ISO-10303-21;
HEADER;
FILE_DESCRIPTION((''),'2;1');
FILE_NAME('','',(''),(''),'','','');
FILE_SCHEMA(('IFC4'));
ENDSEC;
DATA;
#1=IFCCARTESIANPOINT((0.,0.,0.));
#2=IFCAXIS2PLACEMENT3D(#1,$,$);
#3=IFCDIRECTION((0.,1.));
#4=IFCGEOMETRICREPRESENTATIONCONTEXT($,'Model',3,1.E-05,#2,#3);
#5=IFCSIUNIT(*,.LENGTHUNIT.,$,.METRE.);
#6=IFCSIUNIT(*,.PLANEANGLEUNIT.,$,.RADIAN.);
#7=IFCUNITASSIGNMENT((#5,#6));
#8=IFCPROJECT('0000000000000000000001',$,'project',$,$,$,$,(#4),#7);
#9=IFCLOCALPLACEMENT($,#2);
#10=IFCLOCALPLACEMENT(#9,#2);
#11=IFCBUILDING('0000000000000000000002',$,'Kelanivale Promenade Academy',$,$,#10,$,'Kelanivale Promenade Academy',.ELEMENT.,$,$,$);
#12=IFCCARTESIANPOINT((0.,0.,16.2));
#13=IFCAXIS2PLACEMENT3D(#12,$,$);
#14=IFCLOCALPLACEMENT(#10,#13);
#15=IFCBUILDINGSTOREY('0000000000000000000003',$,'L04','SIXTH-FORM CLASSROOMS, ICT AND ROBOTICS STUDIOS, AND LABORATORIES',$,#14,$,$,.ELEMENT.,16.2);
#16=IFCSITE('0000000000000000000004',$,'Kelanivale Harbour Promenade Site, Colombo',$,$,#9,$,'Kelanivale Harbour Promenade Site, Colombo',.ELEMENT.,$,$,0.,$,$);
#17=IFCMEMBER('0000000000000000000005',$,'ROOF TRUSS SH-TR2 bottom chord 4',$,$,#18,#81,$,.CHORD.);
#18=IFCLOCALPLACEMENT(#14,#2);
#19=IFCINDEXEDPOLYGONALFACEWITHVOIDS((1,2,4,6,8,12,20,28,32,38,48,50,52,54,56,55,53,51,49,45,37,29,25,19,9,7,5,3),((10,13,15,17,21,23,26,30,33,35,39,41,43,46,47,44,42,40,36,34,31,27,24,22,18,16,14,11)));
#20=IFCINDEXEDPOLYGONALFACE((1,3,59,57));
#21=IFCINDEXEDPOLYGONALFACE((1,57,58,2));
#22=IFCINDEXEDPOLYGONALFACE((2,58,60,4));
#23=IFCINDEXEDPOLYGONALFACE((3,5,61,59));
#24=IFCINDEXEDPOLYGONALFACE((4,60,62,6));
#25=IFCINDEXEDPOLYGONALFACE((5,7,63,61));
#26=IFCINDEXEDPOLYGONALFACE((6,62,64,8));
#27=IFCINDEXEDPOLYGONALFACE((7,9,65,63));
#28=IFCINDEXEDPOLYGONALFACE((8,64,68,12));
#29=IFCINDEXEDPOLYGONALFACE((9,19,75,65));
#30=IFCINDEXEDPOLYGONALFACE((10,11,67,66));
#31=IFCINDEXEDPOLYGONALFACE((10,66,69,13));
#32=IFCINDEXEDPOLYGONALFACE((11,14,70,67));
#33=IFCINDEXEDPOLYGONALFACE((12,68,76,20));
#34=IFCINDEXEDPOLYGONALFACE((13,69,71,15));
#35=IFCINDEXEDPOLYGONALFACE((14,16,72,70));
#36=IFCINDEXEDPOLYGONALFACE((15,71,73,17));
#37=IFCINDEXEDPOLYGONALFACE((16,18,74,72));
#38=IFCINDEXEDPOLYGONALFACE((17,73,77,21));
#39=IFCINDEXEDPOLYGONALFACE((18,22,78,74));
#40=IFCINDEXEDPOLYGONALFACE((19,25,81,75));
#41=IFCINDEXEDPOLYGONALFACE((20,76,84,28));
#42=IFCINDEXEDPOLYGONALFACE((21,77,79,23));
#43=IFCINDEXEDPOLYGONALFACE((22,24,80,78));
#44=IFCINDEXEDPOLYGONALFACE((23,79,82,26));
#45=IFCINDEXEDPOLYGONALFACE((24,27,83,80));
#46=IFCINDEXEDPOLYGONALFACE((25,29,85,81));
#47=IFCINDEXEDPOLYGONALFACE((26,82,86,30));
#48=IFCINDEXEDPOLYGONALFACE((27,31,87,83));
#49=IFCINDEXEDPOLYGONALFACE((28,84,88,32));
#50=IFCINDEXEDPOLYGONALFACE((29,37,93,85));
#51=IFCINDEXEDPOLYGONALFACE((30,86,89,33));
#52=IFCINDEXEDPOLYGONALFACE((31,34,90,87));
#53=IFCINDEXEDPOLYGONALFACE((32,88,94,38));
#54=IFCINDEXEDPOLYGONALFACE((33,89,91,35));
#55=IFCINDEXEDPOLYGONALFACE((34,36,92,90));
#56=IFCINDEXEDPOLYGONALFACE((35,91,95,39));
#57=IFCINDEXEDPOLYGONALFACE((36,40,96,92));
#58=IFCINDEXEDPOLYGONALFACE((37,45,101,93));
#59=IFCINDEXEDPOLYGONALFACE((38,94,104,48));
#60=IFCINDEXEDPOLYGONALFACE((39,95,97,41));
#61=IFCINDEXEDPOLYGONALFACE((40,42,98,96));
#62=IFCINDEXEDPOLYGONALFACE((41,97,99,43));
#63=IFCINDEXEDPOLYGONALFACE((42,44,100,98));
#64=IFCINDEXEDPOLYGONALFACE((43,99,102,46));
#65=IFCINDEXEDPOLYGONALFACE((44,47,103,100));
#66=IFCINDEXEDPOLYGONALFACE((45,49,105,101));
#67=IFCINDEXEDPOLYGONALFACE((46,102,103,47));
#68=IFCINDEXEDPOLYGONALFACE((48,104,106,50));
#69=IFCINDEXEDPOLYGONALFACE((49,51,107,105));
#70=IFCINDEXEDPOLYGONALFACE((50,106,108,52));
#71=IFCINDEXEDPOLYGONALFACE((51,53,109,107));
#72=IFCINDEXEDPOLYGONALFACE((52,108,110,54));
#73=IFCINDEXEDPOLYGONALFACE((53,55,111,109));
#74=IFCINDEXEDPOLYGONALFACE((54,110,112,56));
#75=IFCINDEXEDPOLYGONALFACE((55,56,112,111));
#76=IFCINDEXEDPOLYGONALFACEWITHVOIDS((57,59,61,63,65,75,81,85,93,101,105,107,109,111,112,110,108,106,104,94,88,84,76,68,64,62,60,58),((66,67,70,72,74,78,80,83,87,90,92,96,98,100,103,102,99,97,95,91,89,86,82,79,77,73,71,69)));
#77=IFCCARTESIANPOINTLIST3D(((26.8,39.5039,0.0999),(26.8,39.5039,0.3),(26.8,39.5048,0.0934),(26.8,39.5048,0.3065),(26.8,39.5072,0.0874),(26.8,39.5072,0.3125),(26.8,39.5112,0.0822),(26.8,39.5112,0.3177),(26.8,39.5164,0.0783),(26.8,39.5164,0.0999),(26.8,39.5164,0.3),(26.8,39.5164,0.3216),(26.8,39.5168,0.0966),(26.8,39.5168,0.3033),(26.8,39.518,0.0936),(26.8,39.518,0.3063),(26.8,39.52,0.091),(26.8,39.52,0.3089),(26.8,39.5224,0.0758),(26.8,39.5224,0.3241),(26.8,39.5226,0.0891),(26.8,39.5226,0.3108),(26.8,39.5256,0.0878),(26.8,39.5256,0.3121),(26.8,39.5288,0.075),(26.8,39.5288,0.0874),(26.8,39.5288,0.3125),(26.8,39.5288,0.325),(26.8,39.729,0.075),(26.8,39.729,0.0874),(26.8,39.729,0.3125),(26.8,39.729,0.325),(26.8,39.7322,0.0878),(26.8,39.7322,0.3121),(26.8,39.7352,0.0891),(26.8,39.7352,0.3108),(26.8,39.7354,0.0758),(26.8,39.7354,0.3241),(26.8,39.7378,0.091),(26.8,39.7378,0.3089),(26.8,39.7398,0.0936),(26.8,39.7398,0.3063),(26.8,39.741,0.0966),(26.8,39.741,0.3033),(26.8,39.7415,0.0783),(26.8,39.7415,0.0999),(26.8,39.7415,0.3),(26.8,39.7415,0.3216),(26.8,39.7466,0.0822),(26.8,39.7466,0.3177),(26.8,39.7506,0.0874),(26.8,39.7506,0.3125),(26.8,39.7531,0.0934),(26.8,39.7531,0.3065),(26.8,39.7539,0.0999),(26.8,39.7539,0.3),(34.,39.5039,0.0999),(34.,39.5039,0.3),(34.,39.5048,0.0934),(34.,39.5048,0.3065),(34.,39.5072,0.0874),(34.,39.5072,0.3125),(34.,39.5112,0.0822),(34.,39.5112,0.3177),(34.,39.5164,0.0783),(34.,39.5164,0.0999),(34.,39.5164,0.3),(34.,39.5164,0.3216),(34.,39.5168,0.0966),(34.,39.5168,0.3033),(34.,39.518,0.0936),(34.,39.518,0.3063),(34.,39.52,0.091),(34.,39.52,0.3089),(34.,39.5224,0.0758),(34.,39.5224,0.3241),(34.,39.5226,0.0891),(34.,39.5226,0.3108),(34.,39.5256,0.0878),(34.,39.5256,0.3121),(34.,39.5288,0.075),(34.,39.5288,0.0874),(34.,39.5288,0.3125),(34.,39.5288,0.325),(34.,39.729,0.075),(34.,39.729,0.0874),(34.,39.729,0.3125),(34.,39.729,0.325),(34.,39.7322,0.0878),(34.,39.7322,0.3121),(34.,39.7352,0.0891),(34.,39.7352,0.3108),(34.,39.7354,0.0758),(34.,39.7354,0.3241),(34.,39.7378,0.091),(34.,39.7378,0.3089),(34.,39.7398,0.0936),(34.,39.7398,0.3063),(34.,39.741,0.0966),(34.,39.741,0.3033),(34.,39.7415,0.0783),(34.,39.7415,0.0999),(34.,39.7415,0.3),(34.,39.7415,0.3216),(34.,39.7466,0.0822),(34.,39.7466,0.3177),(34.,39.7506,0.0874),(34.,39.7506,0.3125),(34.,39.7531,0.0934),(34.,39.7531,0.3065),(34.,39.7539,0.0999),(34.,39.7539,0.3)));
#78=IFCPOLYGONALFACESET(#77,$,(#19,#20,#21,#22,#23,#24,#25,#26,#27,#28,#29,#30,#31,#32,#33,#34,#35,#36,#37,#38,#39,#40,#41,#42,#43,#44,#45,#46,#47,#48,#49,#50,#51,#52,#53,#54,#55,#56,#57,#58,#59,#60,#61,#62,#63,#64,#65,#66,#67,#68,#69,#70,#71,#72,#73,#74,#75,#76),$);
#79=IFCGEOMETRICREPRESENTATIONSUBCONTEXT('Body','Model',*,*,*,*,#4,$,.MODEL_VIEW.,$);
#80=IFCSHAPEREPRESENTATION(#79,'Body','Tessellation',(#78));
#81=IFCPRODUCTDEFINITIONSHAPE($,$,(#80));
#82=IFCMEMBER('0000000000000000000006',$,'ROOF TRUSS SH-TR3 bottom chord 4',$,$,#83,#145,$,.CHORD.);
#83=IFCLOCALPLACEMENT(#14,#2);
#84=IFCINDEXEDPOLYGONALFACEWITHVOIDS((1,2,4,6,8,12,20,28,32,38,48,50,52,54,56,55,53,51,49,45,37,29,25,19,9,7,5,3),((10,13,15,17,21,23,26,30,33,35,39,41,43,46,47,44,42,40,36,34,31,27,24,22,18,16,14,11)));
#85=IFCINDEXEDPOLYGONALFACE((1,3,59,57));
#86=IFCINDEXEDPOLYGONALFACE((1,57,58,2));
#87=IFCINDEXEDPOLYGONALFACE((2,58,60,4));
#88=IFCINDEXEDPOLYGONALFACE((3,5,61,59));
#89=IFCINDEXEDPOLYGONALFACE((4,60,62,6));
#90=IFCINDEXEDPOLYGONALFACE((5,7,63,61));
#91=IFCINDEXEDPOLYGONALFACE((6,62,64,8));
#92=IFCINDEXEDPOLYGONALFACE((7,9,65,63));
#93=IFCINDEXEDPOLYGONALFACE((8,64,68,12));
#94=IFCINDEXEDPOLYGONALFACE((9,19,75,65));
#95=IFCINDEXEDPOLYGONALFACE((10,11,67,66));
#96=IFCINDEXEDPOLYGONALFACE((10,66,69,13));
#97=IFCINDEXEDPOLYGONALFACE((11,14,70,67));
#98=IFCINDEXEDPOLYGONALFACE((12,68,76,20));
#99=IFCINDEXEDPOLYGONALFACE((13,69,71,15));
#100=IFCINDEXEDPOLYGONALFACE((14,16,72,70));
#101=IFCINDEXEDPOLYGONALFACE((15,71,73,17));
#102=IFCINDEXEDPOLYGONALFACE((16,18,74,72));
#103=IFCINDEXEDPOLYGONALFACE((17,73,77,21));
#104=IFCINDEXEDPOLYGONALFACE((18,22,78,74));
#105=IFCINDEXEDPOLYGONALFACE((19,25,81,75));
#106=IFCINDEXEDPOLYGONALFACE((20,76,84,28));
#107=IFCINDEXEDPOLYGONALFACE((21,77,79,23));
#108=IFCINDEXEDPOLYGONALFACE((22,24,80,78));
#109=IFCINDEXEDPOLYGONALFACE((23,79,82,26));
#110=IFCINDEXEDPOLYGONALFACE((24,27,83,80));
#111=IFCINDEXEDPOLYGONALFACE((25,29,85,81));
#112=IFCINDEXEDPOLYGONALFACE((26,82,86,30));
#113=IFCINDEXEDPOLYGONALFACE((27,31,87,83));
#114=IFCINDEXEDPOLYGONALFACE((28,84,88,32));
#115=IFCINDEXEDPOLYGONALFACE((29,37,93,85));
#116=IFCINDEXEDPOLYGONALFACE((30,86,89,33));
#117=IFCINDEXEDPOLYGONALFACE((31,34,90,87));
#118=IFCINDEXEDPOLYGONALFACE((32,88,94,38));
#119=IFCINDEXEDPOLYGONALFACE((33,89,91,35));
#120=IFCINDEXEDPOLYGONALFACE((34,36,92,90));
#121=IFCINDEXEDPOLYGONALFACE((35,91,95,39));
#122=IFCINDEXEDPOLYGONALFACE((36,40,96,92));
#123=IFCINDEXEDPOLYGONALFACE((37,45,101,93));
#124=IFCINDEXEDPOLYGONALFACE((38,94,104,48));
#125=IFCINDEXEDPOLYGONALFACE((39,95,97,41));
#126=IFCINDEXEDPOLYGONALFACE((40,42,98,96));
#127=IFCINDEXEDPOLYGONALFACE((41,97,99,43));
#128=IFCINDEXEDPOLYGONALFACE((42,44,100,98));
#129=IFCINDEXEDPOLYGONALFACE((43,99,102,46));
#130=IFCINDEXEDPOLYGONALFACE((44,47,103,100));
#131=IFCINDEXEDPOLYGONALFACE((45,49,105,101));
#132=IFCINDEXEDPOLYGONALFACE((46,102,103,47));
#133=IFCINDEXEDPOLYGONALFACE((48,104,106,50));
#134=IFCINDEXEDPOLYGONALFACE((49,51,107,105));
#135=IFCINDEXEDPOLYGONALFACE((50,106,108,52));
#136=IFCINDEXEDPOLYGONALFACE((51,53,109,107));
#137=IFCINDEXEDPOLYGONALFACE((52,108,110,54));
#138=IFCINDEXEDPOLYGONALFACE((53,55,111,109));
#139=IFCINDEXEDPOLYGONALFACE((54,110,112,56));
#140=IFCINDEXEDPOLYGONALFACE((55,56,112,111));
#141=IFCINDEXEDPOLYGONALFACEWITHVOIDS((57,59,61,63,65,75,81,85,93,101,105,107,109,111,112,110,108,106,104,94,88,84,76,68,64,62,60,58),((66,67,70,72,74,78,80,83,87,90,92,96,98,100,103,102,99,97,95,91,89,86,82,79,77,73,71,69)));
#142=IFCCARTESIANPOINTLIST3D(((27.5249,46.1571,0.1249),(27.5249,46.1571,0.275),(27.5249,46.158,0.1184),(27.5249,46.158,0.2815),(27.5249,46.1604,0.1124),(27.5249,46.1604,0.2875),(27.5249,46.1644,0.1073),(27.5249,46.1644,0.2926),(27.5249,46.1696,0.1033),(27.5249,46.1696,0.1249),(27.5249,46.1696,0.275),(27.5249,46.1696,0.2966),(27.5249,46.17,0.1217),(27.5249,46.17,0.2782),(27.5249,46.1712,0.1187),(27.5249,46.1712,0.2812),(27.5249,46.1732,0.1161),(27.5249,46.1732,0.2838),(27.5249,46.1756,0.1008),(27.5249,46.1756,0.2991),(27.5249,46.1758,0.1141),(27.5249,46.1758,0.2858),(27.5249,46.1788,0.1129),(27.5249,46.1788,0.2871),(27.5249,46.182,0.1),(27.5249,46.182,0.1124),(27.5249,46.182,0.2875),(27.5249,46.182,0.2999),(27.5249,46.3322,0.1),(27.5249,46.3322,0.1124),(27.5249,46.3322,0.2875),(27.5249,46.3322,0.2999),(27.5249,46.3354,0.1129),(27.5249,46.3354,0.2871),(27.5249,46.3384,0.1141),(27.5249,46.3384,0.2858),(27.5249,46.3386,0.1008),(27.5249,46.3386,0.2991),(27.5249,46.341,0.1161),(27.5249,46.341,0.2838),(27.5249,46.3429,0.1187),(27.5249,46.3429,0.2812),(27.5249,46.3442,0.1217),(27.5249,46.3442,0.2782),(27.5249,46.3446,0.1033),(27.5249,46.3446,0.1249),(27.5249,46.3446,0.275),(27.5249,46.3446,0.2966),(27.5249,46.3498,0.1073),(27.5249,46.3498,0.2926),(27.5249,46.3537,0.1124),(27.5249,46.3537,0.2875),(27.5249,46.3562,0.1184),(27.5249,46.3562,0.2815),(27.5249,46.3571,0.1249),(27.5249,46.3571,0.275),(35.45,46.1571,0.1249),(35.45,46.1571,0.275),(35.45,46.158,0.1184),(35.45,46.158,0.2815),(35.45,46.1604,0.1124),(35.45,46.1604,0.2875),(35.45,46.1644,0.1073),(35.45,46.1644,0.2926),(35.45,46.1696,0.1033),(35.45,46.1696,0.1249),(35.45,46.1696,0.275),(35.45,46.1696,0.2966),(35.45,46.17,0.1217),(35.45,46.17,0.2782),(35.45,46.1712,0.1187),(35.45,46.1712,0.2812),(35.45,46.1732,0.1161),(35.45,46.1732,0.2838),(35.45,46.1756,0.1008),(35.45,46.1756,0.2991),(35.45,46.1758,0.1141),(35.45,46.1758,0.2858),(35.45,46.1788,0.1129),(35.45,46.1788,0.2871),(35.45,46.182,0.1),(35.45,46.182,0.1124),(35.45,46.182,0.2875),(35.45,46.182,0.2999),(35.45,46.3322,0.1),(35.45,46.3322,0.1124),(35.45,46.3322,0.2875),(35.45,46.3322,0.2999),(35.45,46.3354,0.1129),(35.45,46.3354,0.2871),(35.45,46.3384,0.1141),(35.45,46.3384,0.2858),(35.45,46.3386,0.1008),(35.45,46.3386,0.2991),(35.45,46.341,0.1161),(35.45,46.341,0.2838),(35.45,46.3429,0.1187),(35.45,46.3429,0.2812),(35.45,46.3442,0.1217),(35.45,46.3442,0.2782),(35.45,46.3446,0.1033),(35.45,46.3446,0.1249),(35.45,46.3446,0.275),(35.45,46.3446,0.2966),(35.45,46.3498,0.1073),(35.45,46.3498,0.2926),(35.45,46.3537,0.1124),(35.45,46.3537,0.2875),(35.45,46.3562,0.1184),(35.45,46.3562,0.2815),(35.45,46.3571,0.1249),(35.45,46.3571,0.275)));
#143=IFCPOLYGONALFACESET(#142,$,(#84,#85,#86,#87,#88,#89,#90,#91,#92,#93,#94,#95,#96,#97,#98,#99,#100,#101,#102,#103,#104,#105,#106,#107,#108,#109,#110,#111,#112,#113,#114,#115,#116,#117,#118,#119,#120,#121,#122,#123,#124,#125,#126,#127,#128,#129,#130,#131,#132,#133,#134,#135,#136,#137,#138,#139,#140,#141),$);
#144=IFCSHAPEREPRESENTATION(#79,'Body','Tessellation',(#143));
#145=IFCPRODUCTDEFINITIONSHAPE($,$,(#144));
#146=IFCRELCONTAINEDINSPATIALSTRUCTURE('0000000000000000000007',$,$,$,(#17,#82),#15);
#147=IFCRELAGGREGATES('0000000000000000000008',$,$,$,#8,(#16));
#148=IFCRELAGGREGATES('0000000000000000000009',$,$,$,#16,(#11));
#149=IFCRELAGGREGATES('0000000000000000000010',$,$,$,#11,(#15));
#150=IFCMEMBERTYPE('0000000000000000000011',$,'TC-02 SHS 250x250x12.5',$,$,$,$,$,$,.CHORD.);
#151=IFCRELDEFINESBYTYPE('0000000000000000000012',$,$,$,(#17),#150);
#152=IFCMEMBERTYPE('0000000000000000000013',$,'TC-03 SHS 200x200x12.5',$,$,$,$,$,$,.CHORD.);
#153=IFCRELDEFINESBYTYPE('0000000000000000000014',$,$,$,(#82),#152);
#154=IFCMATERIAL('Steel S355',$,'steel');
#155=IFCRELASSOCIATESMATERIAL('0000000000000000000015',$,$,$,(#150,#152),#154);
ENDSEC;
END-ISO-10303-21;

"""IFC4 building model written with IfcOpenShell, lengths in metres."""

from ifc_helpers import new_model, si_unit, direction, frame, origin, origin_2d, place, context, subcontext, project, spatial, hollow_rectangle, extrude, material, material_profile, profile_set, type_object, element, save


model = new_model("IFC4")

# Units and contexts
model_context = context("Model", 3, precision=1e-05, world=origin(), true_north=direction((0.0, 1.0)))
body_context = subcontext(model_context, "Body", "Model", "MODEL_VIEW")
ifc_project = project(units=[si_unit("LENGTHUNIT", "METRE"), si_unit("PLANEANGLEUNIT", "RADIAN")], contexts=[model_context])

# Site, building, storey
site_placement = place(None, origin())
site = spatial("IfcSite", under=ifc_project, at=site_placement, Name="Kelanivale Harbour Promenade Site, Colombo", LongName="Kelanivale Harbour Promenade Site, Colombo", CompositionType="ELEMENT", RefElevation=0.0)
building_placement = place(site_placement, origin())
building = spatial("IfcBuilding", under=site, at=building_placement, Name="Kelanivale Promenade Academy", LongName="Kelanivale Promenade Academy", CompositionType="ELEMENT")
storey_placement = place(building_placement, frame((0.0, 0.0, 16.2)))
storey = spatial("IfcBuildingStorey", under=building, at=storey_placement, Name="L04", Description="SIXTH-FORM CLASSROOMS, ICT AND ROBOTICS STUDIOS, AND LABORATORIES", CompositionType="ELEMENT", Elevation=16.2)

# Members
ifc_material_1 = material(Name="Steel S355", Category="steel")
ifc_material_profile_1 = material_profile(ifc_material_1, hollow_rectangle(XDim=0.25, YDim=0.25, WallThickness=0.0125, InnerFilletRadius=0.0125, OuterFilletRadius=0.0249, at=origin_2d()), Name="SHS 250x250x12.5")
ifc_profile_set_1 = profile_set([ifc_material_profile_1], Name="Steel S355")
member_type_1 = type_object("IfcMemberType", Name="TC-02 SHS 250x250x12.5", PredefinedType="CHORD", material=ifc_profile_set_1)
member_1_placement = place(storey_placement, frame((26.8, 39.6289, 0.2), z_axis=(1.0, 0.0, 0.0), x_axis=(0.0, 1.0, 0.0)))
element("IfcMember", 1, at=member_1_placement, inside=storey, type_object=member_type_1, Name="ROOF TRUSS SH-TR2 bottom chord 4", PredefinedType="CHORD", context=body_context, shape_type="SweptSolid", body=[
    extrude(hollow_rectangle(XDim=0.25, YDim=0.25, WallThickness=0.0125, InnerFilletRadius=0.0125, OuterFilletRadius=0.0249, at=origin_2d()), origin(), (0.0, 0.0, 1.0), 7.2),
])
ifc_material_profile_2 = material_profile(ifc_material_1, hollow_rectangle(XDim=0.2, YDim=0.2, WallThickness=0.0125, InnerFilletRadius=0.0125, OuterFilletRadius=0.0249, at=origin_2d()), Name="SHS 200x200x12.5")
ifc_profile_set_2 = profile_set([ifc_material_profile_2], Name="Steel S355")
member_type_2 = type_object("IfcMemberType", Name="TC-03 SHS 200x200x12.5", PredefinedType="CHORD", material=ifc_profile_set_2)
member_2_placement = place(storey_placement, frame((27.5249, 46.2571, 0.2), z_axis=(1.0, 0.0, 0.0), x_axis=(0.0, 1.0, 0.0)))
element("IfcMember", 2, at=member_2_placement, inside=storey, type_object=member_type_2, Name="ROOF TRUSS SH-TR3 bottom chord 4", PredefinedType="CHORD", context=body_context, shape_type="SweptSolid", body=[
    extrude(hollow_rectangle(XDim=0.2, YDim=0.2, WallThickness=0.0125, InnerFilletRadius=0.0125, OuterFilletRadius=0.0249, at=origin_2d()), origin(), (0.0, 0.0, 1.0), 7.925),
])

save(model, "model.ifc")
